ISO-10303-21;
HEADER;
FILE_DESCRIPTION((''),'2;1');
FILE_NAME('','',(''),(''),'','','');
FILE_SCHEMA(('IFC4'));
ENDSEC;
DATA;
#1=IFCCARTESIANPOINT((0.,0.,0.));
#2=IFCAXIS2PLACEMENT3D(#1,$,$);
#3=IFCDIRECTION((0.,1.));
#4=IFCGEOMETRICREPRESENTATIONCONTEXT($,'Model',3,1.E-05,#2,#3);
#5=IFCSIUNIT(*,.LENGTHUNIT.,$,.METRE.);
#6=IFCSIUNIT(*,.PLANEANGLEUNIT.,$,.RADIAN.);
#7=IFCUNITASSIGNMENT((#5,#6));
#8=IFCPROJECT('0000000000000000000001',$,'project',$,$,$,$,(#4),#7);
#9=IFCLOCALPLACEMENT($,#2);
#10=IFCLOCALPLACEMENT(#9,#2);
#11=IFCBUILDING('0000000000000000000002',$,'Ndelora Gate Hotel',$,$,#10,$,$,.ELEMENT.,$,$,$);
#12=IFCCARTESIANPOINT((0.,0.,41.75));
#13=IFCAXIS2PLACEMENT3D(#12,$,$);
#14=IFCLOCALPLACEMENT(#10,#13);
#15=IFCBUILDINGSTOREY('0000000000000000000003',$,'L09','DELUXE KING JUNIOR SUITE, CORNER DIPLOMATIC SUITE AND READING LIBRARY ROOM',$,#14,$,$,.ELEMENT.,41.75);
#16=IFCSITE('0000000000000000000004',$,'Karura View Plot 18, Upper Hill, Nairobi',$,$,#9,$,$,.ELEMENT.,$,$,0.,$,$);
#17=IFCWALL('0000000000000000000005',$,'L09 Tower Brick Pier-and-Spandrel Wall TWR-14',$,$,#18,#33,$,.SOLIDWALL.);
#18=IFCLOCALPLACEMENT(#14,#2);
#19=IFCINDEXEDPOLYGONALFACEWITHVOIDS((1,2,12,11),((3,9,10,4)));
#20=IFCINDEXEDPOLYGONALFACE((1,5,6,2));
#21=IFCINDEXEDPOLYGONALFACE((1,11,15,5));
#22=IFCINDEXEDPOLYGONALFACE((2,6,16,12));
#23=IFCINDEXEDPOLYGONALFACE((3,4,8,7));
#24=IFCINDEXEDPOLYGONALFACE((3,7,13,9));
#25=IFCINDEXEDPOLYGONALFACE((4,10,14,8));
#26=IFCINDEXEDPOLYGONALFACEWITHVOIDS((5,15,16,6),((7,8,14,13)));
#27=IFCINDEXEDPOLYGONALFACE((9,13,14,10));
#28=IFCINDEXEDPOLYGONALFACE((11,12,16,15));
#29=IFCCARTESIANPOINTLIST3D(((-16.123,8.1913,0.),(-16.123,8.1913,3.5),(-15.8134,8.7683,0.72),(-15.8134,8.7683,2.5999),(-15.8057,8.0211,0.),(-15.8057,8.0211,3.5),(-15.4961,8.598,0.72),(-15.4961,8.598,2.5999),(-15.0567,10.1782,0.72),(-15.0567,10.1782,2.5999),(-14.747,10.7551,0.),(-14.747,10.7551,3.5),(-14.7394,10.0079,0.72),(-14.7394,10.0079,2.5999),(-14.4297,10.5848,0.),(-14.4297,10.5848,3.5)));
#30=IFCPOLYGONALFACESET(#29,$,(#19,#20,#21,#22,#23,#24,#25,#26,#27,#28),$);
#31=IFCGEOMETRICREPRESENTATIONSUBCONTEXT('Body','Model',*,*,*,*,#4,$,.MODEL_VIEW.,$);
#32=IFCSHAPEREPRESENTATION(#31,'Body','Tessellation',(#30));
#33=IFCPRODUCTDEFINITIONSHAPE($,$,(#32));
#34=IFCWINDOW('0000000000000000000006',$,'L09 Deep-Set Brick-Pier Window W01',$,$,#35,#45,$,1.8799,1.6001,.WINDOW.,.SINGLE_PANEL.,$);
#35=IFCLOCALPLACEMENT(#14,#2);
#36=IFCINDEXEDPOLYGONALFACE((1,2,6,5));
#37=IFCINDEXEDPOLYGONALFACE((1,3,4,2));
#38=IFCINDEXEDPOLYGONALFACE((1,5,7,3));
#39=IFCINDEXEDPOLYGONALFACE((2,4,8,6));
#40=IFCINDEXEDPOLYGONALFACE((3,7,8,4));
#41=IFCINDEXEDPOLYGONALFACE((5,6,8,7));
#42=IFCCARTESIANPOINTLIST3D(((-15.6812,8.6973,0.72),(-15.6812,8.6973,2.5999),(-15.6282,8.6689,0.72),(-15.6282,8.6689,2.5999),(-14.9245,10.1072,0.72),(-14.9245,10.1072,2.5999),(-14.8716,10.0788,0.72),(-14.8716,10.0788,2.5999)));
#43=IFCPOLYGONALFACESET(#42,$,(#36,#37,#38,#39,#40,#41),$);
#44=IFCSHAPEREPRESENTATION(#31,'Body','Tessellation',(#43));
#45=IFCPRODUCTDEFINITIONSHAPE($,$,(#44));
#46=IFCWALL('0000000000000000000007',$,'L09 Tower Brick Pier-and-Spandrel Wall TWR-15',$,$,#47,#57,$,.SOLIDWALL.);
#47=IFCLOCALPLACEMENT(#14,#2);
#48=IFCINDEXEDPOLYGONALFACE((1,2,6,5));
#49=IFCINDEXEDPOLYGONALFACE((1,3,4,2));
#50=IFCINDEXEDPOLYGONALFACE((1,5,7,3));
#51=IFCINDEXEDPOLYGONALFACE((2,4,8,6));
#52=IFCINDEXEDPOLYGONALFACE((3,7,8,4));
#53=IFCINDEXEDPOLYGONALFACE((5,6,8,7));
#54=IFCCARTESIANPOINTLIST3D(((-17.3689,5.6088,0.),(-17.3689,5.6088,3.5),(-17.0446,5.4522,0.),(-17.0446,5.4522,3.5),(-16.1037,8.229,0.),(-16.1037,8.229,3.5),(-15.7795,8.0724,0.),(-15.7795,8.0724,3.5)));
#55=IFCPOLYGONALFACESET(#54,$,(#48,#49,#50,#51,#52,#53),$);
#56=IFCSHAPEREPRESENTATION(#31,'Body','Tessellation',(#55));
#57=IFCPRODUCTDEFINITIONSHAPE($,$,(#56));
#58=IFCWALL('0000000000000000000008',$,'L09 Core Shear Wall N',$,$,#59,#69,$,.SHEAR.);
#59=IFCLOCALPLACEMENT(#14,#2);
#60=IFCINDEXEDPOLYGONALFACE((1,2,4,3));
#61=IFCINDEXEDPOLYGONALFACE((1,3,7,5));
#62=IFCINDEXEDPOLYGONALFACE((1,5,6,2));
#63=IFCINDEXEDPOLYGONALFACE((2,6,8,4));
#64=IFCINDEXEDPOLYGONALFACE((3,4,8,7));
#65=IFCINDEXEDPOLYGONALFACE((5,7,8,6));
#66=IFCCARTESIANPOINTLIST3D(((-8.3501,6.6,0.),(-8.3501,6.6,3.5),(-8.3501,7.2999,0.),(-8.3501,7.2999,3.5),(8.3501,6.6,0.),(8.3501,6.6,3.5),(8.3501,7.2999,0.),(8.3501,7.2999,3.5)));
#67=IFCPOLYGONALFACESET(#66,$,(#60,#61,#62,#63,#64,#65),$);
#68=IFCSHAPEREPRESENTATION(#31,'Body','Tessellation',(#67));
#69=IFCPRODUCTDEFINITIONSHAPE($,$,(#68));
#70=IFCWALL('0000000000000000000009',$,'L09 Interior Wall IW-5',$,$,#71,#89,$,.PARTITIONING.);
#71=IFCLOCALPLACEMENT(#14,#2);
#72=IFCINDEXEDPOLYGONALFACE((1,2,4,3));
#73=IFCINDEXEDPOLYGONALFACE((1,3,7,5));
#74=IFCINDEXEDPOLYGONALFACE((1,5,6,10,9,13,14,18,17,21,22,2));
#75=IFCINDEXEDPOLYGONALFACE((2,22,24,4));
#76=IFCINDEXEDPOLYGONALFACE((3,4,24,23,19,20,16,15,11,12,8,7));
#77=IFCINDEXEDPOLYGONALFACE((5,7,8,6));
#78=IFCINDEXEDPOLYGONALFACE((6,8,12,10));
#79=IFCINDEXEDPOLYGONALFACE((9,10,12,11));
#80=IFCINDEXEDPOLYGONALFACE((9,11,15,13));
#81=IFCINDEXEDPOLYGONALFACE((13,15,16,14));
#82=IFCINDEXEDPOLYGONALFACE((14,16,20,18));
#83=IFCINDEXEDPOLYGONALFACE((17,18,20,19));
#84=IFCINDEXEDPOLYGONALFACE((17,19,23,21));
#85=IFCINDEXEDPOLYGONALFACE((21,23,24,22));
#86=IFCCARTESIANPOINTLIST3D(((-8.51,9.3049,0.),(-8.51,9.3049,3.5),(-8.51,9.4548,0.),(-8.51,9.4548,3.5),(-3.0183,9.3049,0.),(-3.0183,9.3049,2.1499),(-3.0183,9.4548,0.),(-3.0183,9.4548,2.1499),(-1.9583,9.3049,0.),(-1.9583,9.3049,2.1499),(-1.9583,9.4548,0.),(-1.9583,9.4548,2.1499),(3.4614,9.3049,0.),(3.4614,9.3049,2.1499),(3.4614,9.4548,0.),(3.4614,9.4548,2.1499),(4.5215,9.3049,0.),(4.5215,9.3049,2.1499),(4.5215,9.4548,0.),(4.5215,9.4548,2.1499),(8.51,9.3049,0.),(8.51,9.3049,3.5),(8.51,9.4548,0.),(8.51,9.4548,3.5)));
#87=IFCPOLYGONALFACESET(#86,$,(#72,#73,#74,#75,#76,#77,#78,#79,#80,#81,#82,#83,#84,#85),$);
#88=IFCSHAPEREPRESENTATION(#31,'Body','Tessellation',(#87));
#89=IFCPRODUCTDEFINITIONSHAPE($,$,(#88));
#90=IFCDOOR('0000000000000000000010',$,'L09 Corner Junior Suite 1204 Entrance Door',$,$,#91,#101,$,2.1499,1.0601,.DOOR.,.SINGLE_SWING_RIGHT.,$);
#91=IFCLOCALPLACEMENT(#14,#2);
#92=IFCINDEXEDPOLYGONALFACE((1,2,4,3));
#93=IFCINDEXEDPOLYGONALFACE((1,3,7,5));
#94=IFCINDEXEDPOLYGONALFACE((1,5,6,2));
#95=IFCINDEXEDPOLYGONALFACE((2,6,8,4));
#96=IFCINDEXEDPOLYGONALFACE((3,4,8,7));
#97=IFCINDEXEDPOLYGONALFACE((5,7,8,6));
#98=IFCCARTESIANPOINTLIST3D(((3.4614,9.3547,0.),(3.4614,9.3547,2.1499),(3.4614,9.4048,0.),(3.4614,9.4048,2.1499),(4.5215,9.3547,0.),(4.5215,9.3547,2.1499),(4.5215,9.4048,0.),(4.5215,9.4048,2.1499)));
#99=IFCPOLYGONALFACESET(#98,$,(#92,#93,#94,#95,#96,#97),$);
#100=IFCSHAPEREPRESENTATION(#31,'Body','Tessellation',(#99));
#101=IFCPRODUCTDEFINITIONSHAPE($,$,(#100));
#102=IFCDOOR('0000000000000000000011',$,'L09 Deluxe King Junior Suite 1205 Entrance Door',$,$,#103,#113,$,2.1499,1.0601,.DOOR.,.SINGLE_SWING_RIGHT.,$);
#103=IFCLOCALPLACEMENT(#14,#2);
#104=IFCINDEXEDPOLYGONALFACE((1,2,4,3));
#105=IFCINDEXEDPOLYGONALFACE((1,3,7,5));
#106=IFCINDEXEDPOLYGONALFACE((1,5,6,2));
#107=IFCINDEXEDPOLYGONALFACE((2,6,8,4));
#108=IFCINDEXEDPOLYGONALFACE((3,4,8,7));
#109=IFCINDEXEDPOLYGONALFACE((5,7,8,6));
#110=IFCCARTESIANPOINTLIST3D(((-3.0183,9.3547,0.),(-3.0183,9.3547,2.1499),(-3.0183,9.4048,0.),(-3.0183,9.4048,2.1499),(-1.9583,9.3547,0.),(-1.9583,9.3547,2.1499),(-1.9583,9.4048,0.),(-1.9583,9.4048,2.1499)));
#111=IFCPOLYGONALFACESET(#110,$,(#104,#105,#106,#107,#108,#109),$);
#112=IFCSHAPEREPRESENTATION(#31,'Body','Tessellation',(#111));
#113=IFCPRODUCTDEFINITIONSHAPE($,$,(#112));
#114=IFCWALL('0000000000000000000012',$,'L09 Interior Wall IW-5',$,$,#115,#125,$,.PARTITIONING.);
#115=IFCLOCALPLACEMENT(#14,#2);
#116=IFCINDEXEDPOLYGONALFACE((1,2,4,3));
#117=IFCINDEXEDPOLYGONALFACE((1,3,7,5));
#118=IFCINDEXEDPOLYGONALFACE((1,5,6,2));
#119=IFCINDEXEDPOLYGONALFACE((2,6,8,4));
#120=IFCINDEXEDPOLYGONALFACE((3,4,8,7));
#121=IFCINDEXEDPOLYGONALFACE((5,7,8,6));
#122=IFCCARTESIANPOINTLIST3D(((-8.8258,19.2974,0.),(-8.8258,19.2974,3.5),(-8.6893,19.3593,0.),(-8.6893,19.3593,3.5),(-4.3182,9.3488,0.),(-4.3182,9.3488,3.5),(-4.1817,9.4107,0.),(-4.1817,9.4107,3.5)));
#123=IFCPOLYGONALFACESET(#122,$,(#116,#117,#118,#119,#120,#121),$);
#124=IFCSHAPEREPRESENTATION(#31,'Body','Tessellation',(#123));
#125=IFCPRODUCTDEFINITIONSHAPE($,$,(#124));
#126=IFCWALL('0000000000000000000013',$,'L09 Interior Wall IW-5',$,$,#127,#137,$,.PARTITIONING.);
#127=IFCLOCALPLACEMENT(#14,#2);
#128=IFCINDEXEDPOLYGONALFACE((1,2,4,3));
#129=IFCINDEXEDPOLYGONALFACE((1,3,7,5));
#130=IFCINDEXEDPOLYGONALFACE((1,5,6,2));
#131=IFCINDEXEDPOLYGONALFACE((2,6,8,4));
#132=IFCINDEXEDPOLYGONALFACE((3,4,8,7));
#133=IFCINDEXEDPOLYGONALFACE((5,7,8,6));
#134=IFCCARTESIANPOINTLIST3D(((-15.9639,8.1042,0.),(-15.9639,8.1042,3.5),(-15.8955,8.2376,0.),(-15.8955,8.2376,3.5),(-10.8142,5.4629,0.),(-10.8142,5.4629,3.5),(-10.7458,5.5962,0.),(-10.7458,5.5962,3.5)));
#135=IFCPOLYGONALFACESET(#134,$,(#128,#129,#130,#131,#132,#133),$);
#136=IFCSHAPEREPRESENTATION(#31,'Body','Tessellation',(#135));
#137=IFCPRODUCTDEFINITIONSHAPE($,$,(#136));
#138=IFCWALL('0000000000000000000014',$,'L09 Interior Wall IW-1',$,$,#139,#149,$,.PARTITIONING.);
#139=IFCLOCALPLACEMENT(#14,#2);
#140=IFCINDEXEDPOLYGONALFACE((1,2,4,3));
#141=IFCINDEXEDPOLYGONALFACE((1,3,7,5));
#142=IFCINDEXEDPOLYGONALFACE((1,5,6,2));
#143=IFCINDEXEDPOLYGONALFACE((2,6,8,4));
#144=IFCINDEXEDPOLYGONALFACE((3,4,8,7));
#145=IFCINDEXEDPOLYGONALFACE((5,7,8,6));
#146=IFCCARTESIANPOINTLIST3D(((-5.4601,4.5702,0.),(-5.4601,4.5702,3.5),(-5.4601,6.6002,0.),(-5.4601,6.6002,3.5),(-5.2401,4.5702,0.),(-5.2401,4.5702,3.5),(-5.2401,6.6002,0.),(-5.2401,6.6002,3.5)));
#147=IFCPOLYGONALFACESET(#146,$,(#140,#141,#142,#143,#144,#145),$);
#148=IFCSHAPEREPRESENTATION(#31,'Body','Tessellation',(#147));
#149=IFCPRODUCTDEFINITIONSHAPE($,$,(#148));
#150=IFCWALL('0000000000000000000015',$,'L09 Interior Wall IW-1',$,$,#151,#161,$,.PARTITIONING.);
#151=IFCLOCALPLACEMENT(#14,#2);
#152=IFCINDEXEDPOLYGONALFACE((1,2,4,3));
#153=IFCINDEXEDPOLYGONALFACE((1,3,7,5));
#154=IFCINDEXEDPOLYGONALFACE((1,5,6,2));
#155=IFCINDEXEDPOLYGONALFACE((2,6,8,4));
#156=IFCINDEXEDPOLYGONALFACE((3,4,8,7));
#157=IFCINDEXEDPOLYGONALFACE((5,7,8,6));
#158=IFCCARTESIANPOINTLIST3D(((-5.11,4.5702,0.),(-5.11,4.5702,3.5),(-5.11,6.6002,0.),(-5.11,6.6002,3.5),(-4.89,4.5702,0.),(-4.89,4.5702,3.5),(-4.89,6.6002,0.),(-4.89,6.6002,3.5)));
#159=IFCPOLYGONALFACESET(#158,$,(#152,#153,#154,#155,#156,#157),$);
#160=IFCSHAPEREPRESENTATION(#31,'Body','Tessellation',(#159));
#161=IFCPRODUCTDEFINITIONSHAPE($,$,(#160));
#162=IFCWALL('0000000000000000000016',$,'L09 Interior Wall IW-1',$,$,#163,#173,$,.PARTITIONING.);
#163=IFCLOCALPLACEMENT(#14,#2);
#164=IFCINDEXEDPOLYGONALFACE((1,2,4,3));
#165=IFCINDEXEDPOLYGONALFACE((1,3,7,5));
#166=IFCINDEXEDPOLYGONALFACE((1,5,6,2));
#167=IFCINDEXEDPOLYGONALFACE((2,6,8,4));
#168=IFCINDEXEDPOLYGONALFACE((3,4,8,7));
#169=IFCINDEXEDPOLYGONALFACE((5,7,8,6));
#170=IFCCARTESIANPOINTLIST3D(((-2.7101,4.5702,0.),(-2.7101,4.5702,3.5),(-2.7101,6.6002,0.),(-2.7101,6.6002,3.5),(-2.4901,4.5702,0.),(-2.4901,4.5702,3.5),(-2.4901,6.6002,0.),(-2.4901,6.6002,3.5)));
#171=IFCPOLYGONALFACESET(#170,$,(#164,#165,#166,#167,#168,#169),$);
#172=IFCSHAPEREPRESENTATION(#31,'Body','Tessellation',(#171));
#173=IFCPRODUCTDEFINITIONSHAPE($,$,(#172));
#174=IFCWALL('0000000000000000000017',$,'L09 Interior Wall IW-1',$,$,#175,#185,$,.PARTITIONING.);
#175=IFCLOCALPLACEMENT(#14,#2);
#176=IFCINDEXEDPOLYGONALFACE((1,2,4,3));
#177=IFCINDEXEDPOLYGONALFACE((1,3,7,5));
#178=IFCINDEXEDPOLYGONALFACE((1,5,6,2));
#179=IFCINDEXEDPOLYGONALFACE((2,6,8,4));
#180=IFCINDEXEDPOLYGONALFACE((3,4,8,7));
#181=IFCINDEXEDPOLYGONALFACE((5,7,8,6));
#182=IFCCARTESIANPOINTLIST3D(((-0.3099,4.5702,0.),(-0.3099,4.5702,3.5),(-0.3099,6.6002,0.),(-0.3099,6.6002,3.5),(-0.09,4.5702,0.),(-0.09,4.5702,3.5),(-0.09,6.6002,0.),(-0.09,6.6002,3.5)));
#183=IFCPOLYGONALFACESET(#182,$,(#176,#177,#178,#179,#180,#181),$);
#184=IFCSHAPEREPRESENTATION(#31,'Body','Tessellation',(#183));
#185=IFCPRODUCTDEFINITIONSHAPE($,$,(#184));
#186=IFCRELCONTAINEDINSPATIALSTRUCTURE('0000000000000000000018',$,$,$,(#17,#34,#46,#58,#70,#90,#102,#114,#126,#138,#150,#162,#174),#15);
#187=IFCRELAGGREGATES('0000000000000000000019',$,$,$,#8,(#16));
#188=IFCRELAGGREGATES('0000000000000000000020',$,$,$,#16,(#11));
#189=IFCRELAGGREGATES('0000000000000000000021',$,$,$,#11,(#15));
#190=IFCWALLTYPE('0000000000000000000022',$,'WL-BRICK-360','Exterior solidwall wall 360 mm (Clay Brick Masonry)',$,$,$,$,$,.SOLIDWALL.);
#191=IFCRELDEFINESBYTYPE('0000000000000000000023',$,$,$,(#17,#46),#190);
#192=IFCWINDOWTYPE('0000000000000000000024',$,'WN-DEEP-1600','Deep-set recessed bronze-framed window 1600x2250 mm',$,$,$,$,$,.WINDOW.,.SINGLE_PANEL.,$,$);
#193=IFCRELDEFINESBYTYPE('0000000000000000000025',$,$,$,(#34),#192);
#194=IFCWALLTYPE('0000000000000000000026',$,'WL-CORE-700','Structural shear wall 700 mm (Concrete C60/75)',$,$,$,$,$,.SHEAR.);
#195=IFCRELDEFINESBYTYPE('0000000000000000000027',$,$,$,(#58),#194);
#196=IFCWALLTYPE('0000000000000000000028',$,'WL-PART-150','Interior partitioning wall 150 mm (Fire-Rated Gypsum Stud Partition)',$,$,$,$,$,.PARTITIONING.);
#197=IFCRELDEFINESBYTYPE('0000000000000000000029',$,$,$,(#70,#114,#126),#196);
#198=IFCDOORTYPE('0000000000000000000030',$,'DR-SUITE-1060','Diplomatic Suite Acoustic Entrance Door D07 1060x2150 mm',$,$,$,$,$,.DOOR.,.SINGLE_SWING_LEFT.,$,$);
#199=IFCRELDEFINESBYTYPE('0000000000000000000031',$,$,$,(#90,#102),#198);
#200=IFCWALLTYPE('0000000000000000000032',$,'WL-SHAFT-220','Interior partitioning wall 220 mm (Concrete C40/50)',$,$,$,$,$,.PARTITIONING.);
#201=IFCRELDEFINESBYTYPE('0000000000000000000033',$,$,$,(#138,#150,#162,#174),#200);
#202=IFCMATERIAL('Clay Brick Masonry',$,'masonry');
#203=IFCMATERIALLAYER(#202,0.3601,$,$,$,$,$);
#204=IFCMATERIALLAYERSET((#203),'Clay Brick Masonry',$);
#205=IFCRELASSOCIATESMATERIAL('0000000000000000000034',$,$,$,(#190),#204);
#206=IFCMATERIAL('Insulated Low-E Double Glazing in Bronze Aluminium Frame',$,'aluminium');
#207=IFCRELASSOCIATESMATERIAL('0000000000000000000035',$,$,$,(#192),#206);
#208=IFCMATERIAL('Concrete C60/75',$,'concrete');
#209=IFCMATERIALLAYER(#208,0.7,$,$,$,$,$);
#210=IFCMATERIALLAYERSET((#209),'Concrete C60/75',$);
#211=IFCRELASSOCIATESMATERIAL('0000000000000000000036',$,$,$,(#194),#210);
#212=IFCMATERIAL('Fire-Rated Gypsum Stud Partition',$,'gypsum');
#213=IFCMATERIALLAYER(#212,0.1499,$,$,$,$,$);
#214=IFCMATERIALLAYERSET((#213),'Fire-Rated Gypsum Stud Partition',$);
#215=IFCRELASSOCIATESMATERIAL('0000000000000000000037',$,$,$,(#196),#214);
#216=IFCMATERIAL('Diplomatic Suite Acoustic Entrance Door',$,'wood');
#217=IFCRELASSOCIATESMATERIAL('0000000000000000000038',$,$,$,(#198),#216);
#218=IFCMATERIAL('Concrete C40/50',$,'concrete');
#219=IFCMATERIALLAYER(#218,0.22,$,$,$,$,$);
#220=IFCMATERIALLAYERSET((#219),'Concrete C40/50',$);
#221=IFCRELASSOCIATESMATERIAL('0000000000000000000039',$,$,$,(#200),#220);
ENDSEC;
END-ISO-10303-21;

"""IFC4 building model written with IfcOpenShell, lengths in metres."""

from ifc_helpers import new_model, si_unit, direction, frame, frame_2d, origin, place, context, subcontext, project, spatial, rectangle, extrude, material, layer, layer_set, type_object, element, fill, save


model = new_model("IFC4")

# Units and contexts
model_context = context("Model", 3, precision=1e-05, world=origin(), true_north=direction((0.0, 1.0)))
body_context = subcontext(model_context, "Body", "Model", "MODEL_VIEW")
ifc_project = project(units=[si_unit("LENGTHUNIT", "METRE"), si_unit("PLANEANGLEUNIT", "RADIAN")], contexts=[model_context])

# Site, building, storey
site_placement = place(None, origin())
site = spatial("IfcSite", under=ifc_project, at=site_placement, Name="Karura View Plot 18, Upper Hill, Nairobi", CompositionType="ELEMENT", RefElevation=0.0)
building_placement = place(site_placement, origin())
building = spatial("IfcBuilding", under=site, at=building_placement, Name="Ndelora Gate Hotel", CompositionType="ELEMENT")
storey_placement = place(building_placement, frame((0.0, 0.0, 41.75)))
storey = spatial("IfcBuildingStorey", under=building, at=storey_placement, Name="L09", Description="DELUXE KING JUNIOR SUITE, CORNER DIPLOMATIC SUITE AND READING LIBRARY ROOM", CompositionType="ELEMENT", Elevation=41.75)

# Shared definitions
ifc_material_1 = material(Name="Concrete C60/75", Category="concrete")

# Wall, opening, window
ifc_material_2 = material(Name="Clay Brick Masonry", Category="masonry")
ifc_layer_1 = layer(ifc_material_2, 0.3601)
ifc_layer_set_1 = layer_set([ifc_layer_1], Name="Clay Brick Masonry")
wall_type_1 = type_object("IfcWallType", Name="WL-BRICK-360", Description="Exterior solidwall wall 360 mm (Clay Brick Masonry)", PredefinedType="SOLIDWALL", material=ifc_layer_set_1)
ifc_material_3 = material(Name="Insulated Low-E Double Glazing in Bronze Aluminium Frame", Category="aluminium")
wall_1_placement = place(storey_placement, frame((-15.9644, 8.1062, 0.0), z_axis=(0.0, 0.0, 1.0), x_axis=(0.472904, 0.881114, 0.0)))
wall_1 = element("IfcWall", 1, at=wall_1_placement, inside=storey, type_object=wall_type_1, Name="L09 Tower Brick Pier-and-Spandrel Wall TWR-14", PredefinedType="SOLIDWALL", context=body_context, shape_type="SweptSolid", body=[
    extrude(rectangle(XDim=2.9097, YDim=0.3601, at=frame_2d((1.4548, 0.0))), origin(), (0.0, 0.0, 1.0), 3.5),
])
opening_1_placement = place(wall_1_placement, frame((0.6548, 0.0, 0.72)))
opening_1 = element("IfcOpeningElement", 2, at=opening_1_placement, cuts=wall_1, PredefinedType="OPENING", context=body_context, shape_type="SweptSolid", body=[
    extrude(rectangle(XDim=1.6001, YDim=1.8799, at=frame_2d((0.8, 0.9399))), frame((0.0, 0.1899, 0.0), z_axis=(0.0, -1.0, 0.0), x_axis=(1.0, 0.0, 0.0)), (0.0, 0.0, 1.0), 0.3801),
])
window_type_1 = type_object("IfcWindowType", Name="WN-DEEP-1600", Description="Deep-set recessed bronze-framed window 1600x2250 mm", PartitioningType="SINGLE_PANEL", PredefinedType="WINDOW", material=ifc_material_3)
window_1_placement = place(opening_1_placement, origin())
window_1 = element("IfcWindow", 3, at=window_1_placement, inside=storey, type_object=window_type_1, Name="L09 Deep-Set Brick-Pier Window W01", OverallHeight=1.8799, OverallWidth=1.6001, PartitioningType="SINGLE_PANEL", PredefinedType="WINDOW", context=body_context, shape_type="SweptSolid", body=[
    extrude(rectangle(XDim=1.6001, YDim=1.8799, at=frame_2d((0.8, 0.9399))), frame((0.0, 0.03, 0.0), z_axis=(0.0, -1.0, 0.0), x_axis=(1.0, 0.0, 0.0)), (0.0, 0.0, 1.0), 0.0601),
])
fill(opening_1, window_1)

# Walls
wall_2_placement = place(storey_placement, frame((-17.2068, 5.5305, 0.0), z_axis=(0.0, 0.0, 1.0), x_axis=(0.434819, 0.900518, 0.0)))
element("IfcWall", 4, at=wall_2_placement, inside=storey, type_object=wall_type_1, Name="L09 Tower Brick Pier-and-Spandrel Wall TWR-15", PredefinedType="SOLIDWALL", context=body_context, shape_type="SweptSolid", body=[
    extrude(rectangle(XDim=2.9097, YDim=0.3601, at=frame_2d((1.4548, 0.0))), origin(), (0.0, 0.0, 1.0), 3.5),
])
ifc_layer_2 = layer(ifc_material_1, 0.7)
ifc_layer_set_2 = layer_set([ifc_layer_2], Name="Concrete C60/75")
wall_type_2 = type_object("IfcWallType", Name="WL-CORE-700", Description="Structural shear wall 700 mm (Concrete C60/75)", PredefinedType="SHEAR", material=ifc_layer_set_2)
wall_3_placement = place(storey_placement, frame((-8.3501, 6.95, 0.0), z_axis=(0.0, 0.0, 1.0), x_axis=(1.0, 0.0, 0.0)))
element("IfcWall", 5, at=wall_3_placement, inside=storey, type_object=wall_type_2, Name="L09 Core Shear Wall N", PredefinedType="SHEAR", context=body_context, shape_type="SweptSolid", body=[
    extrude(rectangle(XDim=16.7002, YDim=0.7, at=frame_2d((8.3501, 0.0))), origin(), (0.0, 0.0, 1.0), 3.5),
])

# Wall, openings, doors
ifc_material_4 = material(Name="Fire-Rated Gypsum Stud Partition", Category="gypsum")
ifc_layer_3 = layer(ifc_material_4, 0.1499)
ifc_layer_set_3 = layer_set([ifc_layer_3], Name="Fire-Rated Gypsum Stud Partition")
wall_type_3 = type_object("IfcWallType", Name="WL-PART-150", Description="Interior partitioning wall 150 mm (Fire-Rated Gypsum Stud Partition)", PredefinedType="PARTITIONING", material=ifc_layer_set_3)
wall_4_placement = place(storey_placement, frame((-8.51, 9.3799, 0.0), z_axis=(0.0, 0.0, 1.0), x_axis=(1.0, 0.0, 0.0)))
wall_4 = element("IfcWall", 6, at=wall_4_placement, inside=storey, type_object=wall_type_3, Name="L09 Interior Wall IW-5", PredefinedType="PARTITIONING", context=body_context, shape_type="SweptSolid", body=[
    extrude(rectangle(XDim=17.02, YDim=0.1499, at=frame_2d((8.51, 0.0))), origin(), (0.0, 0.0, 1.0), 3.5),
])
opening_2_placement = place(wall_4_placement, frame((11.9714, 0.0, 0.0)))
opening_2 = element("IfcOpeningElement", 7, at=opening_2_placement, cuts=wall_4, PredefinedType="OPENING", context=body_context, shape_type="SweptSolid", body=[
    extrude(rectangle(XDim=1.0601, YDim=2.1499, at=frame_2d((0.53, 1.075))), frame((0.0, 0.085, 0.0), z_axis=(0.0, -1.0, 0.0), x_axis=(1.0, 0.0, 0.0)), (0.0, 0.0, 1.0), 0.1699),
])
opening_3_placement = place(wall_4_placement, frame((5.4917, 0.0, 0.0)))
opening_3 = element("IfcOpeningElement", 8, at=opening_3_placement, cuts=wall_4, PredefinedType="OPENING", context=body_context, shape_type="SweptSolid", body=[
    extrude(rectangle(XDim=1.0601, YDim=2.1499, at=frame_2d((0.53, 1.075))), frame((0.0, 0.085, 0.0), z_axis=(0.0, -1.0, 0.0), x_axis=(1.0, 0.0, 0.0)), (0.0, 0.0, 1.0), 0.1699),
])
ifc_material_5 = material(Name="Diplomatic Suite Acoustic Entrance Door", Category="wood")
door_type_1 = type_object("IfcDoorType", Name="DR-SUITE-1060", Description="Diplomatic Suite Acoustic Entrance Door D07 1060x2150 mm", OperationType="SINGLE_SWING_LEFT", PredefinedType="DOOR", material=ifc_material_5)
door_1_placement = place(opening_2_placement, origin())
door_1 = element("IfcDoor", 9, at=door_1_placement, inside=storey, type_object=door_type_1, Name="L09 Corner Junior Suite 1204 Entrance Door", OperationType="SINGLE_SWING_RIGHT", OverallHeight=2.1499, OverallWidth=1.0601, PredefinedType="DOOR", context=body_context, shape_type="SweptSolid", body=[
    extrude(rectangle(XDim=1.0601, YDim=2.1499, at=frame_2d((0.53, 1.075))), frame((0.0, 0.0249, 0.0), z_axis=(0.0, -1.0, 0.0), x_axis=(1.0, 0.0, 0.0)), (0.0, 0.0, 1.0), 0.05),
])
fill(opening_2, door_1)
door_2_placement = place(opening_3_placement, origin())
door_2 = element("IfcDoor", 10, at=door_2_placement, inside=storey, type_object=door_type_1, Name="L09 Deluxe King Junior Suite 1205 Entrance Door", OperationType="SINGLE_SWING_RIGHT", OverallHeight=2.1499, OverallWidth=1.0601, PredefinedType="DOOR", context=body_context, shape_type="SweptSolid", body=[
    extrude(rectangle(XDim=1.0601, YDim=2.1499, at=frame_2d((0.53, 1.075))), frame((0.0, 0.0249, 0.0), z_axis=(0.0, -1.0, 0.0), x_axis=(1.0, 0.0, 0.0)), (0.0, 0.0, 1.0), 0.05),
])
fill(opening_3, door_2)

# Walls
wall_5_placement = place(storey_placement, frame((-4.25, 9.3799, 0.0), z_axis=(0.0, 0.0, 1.0), x_axis=(-0.412705, 0.910865, 0.0)))
element("IfcWall", 11, at=wall_5_placement, inside=storey, type_object=wall_type_3, Name="L09 Interior Wall IW-5", PredefinedType="PARTITIONING", context=body_context, shape_type="SweptSolid", body=[
    extrude(rectangle(XDim=10.9221, YDim=0.1499, at=frame_2d((5.4609, 0.0))), origin(), (0.0, 0.0, 1.0), 3.5),
])
wall_6_placement = place(storey_placement, frame((-10.78, 5.5295, 0.0), z_axis=(0.0, 0.0, 1.0), x_axis=(-0.889782, 0.456386, 0.0)))
element("IfcWall", 12, at=wall_6_placement, inside=storey, type_object=wall_type_3, Name="L09 Interior Wall IW-5", PredefinedType="PARTITIONING", context=body_context, shape_type="SweptSolid", body=[
    extrude(rectangle(XDim=5.7876, YDim=0.1499, at=frame_2d((2.8938, 0.0))), origin(), (0.0, 0.0, 1.0), 3.5),
])
ifc_material_6 = material(Name="Concrete C40/50", Category="concrete")
ifc_layer_4 = layer(ifc_material_6, 0.22)
ifc_layer_set_4 = layer_set([ifc_layer_4], Name="Concrete C40/50")
wall_type_4 = type_object("IfcWallType", Name="WL-SHAFT-220", Description="Interior partitioning wall 220 mm (Concrete C40/50)", PredefinedType="PARTITIONING", material=ifc_layer_set_4)
for number, where, z_axis, x_axis, name in (
    (13, (-5.3501, 4.5701, 0.0), (0.0, 0.0, 1.0), (0.0, 1.0, 0.0), "L09 Interior Wall IW-1"),
    (14, (-5.0, 4.5701, 0.0), (0.0, 0.0, 1.0), (0.0, 1.0, 0.0), "L09 Interior Wall IW-1"),
    (15, (-2.6001, 4.5701, 0.0), (0.0, 0.0, 1.0), (0.0, 1.0, 0.0), "L09 Interior Wall IW-1"),
    (16, (-0.2, 4.5701, 0.0), (0.0, 0.0, 1.0), (0.0, 1.0, 0.0), "L09 Interior Wall IW-1"),
):
    element("IfcWall", number, at=place(storey_placement, frame(where, z_axis=z_axis, x_axis=x_axis)), inside=storey, type_object=wall_type_4, Name=name, PredefinedType="PARTITIONING", context=body_context, shape_type="SweptSolid", body=[
        extrude(rectangle(XDim=2.03, YDim=0.22, at=frame_2d((1.0151, 0.0))), origin(), (0.0, 0.0, 1.0), 3.5),
    ])

save(model, "model.ifc")
